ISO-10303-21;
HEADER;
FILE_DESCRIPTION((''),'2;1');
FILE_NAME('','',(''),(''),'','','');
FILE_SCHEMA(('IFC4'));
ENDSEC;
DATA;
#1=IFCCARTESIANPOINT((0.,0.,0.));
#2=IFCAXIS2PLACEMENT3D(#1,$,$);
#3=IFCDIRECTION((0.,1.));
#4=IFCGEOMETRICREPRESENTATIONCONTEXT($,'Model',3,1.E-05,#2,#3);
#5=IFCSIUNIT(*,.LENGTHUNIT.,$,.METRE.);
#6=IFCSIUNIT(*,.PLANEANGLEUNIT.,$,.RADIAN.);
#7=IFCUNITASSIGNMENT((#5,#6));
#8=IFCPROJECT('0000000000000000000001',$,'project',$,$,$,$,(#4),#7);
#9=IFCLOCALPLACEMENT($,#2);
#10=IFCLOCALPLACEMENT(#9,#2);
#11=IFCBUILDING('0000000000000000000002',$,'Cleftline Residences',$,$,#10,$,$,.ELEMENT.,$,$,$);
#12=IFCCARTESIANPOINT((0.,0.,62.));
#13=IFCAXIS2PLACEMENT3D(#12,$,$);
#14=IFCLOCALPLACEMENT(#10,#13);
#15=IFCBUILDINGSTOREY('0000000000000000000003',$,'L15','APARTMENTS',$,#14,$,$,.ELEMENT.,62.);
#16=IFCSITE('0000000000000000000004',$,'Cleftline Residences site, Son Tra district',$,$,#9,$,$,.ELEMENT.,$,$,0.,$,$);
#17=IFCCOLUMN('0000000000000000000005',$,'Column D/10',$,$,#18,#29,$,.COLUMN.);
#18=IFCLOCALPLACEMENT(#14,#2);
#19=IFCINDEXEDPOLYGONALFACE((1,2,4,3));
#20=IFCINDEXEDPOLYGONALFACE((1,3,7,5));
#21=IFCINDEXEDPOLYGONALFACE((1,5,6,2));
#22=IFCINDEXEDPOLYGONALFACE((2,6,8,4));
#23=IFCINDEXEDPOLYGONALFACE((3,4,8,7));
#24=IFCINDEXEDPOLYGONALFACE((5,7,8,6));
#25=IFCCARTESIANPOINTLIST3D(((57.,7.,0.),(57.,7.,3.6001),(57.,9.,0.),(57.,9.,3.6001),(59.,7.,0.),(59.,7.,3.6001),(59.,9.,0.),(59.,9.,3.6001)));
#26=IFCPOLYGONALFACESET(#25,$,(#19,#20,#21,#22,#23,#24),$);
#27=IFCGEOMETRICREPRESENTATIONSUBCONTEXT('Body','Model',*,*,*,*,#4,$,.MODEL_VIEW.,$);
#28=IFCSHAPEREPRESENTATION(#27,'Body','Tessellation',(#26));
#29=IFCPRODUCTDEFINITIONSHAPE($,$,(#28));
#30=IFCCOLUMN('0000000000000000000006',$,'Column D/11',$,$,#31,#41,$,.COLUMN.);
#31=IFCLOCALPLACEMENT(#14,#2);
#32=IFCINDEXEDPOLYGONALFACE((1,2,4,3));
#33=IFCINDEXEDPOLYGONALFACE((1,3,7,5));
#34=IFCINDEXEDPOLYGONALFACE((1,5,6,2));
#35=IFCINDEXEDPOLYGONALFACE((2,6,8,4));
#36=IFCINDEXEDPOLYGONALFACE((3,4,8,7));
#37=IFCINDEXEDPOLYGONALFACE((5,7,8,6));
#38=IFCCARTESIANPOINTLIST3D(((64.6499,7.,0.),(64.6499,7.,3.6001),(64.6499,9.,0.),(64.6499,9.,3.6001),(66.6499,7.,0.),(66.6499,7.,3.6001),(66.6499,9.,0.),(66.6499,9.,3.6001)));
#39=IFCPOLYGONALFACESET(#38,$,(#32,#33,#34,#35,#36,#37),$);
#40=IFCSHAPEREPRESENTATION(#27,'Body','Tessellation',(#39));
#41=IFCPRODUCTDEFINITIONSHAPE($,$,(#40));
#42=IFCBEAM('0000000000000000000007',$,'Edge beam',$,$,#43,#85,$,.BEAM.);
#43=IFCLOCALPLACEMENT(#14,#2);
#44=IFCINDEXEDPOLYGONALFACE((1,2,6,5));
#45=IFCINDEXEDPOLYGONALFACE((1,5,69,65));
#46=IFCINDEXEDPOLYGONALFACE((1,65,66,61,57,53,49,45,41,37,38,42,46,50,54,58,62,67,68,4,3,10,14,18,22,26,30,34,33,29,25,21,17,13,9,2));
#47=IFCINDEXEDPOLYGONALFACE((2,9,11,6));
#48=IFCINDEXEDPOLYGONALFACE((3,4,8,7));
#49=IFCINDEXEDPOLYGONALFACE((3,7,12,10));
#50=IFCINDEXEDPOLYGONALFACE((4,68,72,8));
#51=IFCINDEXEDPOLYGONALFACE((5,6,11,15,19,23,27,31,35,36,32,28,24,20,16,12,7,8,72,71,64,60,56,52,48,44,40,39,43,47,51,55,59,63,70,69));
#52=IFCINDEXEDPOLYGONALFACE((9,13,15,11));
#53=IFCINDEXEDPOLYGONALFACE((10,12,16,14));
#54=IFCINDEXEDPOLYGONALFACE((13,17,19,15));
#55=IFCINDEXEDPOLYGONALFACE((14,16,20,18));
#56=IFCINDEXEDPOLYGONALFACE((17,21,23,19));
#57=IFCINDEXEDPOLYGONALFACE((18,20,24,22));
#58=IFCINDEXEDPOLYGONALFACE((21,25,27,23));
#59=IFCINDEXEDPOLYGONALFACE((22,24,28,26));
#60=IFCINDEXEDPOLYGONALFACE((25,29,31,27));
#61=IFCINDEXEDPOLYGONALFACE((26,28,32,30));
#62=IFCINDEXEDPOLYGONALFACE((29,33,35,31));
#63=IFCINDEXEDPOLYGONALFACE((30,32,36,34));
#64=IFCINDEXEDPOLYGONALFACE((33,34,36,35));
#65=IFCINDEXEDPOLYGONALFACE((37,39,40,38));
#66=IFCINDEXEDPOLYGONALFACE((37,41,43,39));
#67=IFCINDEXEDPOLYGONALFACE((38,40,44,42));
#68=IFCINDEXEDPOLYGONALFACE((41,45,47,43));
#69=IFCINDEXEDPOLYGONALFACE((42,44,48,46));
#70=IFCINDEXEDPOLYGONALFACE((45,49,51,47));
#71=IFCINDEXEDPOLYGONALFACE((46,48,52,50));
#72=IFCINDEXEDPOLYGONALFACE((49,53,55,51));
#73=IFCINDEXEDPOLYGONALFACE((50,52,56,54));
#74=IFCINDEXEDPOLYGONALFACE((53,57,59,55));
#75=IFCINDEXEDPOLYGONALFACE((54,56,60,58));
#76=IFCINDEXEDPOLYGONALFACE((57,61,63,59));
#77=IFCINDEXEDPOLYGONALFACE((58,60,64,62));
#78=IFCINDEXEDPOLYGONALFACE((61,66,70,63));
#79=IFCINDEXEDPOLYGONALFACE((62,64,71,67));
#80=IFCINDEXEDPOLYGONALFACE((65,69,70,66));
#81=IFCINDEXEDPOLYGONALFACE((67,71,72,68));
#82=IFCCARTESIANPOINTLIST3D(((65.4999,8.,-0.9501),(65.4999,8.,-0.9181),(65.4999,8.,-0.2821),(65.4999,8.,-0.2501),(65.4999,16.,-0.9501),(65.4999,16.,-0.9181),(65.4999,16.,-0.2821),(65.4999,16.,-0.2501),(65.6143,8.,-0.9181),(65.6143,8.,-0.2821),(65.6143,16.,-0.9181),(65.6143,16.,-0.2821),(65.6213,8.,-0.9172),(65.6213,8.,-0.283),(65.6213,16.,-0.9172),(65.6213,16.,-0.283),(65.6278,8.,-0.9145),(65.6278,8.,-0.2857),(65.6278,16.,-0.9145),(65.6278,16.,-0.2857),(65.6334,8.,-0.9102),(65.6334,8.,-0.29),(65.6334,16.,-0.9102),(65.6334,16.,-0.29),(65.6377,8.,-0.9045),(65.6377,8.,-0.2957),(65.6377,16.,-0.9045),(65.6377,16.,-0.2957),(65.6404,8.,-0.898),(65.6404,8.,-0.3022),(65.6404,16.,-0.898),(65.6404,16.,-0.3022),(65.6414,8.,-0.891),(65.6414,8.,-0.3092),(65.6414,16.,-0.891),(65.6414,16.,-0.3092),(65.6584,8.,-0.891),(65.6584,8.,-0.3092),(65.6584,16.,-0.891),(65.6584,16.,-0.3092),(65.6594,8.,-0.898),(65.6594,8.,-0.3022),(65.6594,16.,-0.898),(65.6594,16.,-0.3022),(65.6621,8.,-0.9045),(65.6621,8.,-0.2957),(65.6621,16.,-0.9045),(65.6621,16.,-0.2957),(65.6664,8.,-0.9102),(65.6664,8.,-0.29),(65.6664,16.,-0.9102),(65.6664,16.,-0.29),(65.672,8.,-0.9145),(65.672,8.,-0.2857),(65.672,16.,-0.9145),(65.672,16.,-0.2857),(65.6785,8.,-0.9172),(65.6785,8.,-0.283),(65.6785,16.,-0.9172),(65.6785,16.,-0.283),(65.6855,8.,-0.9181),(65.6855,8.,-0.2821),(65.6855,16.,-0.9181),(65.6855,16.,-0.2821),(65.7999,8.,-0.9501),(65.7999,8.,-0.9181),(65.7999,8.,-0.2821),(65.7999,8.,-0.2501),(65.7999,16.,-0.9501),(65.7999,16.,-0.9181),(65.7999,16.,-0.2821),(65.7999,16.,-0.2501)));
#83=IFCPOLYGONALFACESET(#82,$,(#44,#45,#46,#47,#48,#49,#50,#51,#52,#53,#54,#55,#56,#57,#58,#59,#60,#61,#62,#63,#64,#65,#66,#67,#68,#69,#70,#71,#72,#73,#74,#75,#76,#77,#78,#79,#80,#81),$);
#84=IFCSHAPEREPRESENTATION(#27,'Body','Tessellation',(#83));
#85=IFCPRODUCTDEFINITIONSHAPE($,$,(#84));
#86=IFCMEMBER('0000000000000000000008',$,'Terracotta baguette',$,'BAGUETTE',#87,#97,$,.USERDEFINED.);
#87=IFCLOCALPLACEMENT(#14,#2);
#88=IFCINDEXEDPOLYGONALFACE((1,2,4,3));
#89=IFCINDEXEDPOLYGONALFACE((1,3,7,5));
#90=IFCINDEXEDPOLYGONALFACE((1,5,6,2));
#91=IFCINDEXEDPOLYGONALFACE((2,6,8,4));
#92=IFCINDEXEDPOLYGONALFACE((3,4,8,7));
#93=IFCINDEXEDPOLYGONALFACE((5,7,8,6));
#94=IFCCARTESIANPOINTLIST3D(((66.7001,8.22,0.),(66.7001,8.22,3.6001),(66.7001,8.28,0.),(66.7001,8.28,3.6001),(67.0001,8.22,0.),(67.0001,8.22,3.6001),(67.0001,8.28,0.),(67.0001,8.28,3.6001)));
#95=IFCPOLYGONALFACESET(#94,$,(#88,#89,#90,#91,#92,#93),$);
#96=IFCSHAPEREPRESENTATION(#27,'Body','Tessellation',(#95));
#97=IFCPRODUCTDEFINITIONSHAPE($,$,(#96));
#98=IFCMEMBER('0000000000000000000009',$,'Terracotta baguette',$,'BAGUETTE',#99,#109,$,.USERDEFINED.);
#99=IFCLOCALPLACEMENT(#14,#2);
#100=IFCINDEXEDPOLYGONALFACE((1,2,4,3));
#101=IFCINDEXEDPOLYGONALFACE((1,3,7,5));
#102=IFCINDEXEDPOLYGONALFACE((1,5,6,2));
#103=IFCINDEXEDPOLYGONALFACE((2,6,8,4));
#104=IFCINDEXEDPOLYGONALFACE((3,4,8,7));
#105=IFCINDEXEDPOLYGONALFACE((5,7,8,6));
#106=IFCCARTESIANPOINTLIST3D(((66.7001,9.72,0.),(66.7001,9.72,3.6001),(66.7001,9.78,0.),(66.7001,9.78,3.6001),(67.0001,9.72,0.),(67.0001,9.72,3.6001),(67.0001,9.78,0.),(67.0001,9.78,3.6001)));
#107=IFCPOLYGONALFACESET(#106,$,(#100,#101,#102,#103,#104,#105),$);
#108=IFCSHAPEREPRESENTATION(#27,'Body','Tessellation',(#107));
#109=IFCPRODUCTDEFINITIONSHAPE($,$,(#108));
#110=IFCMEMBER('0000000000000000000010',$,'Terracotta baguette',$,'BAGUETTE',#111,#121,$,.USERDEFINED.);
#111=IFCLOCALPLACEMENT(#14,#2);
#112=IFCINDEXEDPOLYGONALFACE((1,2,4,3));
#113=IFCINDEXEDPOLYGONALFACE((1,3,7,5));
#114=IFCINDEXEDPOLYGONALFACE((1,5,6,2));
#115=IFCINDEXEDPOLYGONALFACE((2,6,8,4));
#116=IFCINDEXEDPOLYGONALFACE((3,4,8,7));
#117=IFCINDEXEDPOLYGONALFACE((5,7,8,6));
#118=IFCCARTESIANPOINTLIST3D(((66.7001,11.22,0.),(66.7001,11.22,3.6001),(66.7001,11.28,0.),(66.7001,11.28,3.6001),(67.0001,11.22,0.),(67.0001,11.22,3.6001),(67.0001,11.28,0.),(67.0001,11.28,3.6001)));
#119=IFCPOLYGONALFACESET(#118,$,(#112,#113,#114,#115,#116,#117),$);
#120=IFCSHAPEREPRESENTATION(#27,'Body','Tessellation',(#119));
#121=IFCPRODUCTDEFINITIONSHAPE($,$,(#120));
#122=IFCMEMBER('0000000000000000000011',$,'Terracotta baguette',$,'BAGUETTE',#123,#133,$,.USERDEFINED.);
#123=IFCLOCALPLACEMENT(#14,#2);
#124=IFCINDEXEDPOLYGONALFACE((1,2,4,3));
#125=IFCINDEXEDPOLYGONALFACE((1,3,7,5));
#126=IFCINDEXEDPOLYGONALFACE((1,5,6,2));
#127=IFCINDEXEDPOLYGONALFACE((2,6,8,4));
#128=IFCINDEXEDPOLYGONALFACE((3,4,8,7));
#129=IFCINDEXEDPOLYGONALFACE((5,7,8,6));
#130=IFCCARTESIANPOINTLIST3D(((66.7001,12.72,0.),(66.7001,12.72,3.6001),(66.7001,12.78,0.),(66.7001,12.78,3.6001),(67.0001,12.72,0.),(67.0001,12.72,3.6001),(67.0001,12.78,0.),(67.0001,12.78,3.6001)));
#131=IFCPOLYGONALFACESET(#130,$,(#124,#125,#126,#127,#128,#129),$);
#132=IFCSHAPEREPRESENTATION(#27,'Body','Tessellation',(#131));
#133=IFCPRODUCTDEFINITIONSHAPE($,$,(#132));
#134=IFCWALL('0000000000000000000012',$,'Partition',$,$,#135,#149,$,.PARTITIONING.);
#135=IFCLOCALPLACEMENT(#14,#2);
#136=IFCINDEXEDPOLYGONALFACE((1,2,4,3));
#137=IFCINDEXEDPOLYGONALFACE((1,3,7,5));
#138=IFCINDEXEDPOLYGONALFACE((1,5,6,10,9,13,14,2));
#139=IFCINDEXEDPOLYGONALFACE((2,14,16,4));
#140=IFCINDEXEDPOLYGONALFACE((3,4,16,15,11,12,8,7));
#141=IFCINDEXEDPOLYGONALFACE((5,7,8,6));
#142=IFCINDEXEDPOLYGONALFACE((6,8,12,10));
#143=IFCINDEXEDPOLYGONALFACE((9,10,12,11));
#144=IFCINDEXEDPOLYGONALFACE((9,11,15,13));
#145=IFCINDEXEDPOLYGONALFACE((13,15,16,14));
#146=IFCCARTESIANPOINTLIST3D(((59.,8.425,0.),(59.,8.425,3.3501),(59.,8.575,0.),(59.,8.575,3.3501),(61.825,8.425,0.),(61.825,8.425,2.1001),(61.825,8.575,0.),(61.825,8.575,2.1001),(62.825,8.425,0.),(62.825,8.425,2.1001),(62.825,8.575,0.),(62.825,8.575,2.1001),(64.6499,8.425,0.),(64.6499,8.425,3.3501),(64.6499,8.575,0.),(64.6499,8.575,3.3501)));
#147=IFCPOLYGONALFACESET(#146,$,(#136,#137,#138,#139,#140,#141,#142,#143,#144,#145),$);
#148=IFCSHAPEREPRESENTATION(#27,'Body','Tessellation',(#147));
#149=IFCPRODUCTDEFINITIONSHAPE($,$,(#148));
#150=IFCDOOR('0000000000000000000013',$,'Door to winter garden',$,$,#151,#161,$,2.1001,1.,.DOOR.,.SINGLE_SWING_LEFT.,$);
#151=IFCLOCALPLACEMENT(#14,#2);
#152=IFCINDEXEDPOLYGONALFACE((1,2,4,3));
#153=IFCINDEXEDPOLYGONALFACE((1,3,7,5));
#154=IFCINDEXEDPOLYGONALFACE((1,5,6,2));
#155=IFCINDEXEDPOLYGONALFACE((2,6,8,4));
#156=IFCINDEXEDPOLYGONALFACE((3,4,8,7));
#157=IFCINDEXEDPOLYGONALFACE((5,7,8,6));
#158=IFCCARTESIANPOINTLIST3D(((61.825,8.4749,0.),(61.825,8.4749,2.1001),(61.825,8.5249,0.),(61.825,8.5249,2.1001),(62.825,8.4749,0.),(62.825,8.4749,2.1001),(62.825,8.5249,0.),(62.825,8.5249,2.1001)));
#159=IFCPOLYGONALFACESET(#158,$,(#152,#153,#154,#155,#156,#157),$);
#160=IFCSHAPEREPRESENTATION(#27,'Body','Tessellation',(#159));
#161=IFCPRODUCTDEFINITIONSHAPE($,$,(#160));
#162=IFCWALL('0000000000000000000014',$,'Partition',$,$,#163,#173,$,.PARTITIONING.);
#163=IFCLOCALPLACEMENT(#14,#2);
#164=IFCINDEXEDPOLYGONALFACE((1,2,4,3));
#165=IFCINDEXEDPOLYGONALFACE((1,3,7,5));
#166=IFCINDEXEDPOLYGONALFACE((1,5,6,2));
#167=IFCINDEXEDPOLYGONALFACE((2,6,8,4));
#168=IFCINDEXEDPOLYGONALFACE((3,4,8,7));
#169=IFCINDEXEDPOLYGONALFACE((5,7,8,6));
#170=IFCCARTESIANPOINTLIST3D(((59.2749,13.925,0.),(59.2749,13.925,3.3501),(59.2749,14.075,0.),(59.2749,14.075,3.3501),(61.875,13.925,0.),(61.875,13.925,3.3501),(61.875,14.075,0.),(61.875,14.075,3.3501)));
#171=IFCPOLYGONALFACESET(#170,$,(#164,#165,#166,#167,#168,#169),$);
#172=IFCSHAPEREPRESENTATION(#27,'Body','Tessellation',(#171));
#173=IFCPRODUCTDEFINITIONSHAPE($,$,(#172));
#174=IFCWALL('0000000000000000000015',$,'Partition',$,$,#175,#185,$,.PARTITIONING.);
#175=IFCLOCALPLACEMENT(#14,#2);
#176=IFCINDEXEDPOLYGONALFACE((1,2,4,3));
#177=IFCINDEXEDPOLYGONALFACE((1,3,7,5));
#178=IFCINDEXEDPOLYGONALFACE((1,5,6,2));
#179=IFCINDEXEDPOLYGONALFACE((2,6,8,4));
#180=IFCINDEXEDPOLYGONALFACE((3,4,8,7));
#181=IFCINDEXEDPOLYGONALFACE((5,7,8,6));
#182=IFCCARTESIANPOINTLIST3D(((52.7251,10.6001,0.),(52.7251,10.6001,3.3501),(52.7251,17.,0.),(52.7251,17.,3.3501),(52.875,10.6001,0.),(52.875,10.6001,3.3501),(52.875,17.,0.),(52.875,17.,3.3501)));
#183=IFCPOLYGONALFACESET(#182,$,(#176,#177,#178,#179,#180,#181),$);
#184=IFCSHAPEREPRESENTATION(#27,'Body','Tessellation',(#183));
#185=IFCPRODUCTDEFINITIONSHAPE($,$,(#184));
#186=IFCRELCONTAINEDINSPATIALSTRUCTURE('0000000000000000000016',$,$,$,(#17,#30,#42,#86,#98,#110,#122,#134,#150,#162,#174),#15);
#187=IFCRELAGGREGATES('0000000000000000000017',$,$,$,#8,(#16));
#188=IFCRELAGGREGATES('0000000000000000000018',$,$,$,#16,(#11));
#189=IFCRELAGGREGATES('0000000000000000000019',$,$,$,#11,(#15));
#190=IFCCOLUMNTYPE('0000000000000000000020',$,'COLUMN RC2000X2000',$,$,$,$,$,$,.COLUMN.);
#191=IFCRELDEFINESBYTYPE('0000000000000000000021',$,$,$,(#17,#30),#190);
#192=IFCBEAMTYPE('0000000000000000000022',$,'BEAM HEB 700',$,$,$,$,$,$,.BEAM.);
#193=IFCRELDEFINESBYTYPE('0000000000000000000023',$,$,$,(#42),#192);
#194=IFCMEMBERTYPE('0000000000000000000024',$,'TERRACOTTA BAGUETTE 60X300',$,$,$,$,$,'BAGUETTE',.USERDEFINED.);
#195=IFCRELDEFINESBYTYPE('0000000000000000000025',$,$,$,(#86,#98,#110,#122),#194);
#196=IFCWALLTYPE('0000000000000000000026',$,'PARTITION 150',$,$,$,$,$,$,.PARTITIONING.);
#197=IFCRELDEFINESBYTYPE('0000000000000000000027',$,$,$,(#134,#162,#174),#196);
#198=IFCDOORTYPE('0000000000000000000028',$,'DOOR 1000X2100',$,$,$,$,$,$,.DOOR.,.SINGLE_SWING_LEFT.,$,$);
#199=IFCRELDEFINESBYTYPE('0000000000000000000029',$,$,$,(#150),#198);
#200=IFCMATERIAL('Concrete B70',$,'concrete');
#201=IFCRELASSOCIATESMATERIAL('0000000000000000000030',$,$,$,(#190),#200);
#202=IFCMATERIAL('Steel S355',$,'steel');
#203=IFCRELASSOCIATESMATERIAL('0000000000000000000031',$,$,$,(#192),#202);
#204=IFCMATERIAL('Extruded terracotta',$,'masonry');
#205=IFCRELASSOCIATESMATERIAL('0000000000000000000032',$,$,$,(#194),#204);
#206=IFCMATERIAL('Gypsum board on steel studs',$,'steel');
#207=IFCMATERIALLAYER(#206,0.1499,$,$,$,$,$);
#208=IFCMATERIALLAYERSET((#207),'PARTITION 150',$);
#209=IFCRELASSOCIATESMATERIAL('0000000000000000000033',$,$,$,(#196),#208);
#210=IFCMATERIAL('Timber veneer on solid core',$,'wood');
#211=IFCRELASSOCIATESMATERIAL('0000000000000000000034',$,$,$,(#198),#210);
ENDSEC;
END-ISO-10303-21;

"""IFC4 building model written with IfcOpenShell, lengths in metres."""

from ifc_helpers import new_model, si_unit, direction, frame, frame_2d, origin, origin_2d, place, context, subcontext, project, spatial, rectangle, i_section, extrude, material, layer, layer_set, material_profile, profile_set, type_object, element, fill, save


model = new_model("IFC4")

# Units and contexts
model_context = context("Model", 3, precision=1e-05, world=origin(), true_north=direction((0.0, 1.0)))
body_context = subcontext(model_context, "Body", "Model", "MODEL_VIEW")
ifc_project = project(units=[si_unit("LENGTHUNIT", "METRE"), si_unit("PLANEANGLEUNIT", "RADIAN")], contexts=[model_context])

# Site, building, storey
site_placement = place(None, origin())
site = spatial("IfcSite", under=ifc_project, at=site_placement, Name="Cleftline Residences site, Son Tra district", CompositionType="ELEMENT", RefElevation=0.0)
building_placement = place(site_placement, origin())
building = spatial("IfcBuilding", under=site, at=building_placement, Name="Cleftline Residences", CompositionType="ELEMENT")
storey_placement = place(building_placement, frame((0.0, 0.0, 62.0)))
storey = spatial("IfcBuildingStorey", under=building, at=storey_placement, Name="L15", Description="APARTMENTS", CompositionType="ELEMENT", Elevation=62.0)

# Columns
ifc_material_1 = material(Name="Concrete B70", Category="concrete")
ifc_material_profile_1 = material_profile(ifc_material_1, rectangle(XDim=2.0, YDim=2.0, at=origin_2d()))
ifc_profile_set_1 = profile_set([ifc_material_profile_1], Name="Concrete B70")
column_type = type_object("IfcColumnType", Name="COLUMN RC2000X2000", PredefinedType="COLUMN", material=ifc_profile_set_1)
for number, where, z_axis, x_axis, name in (
    (1, (58.0, 8.0, 0.0), (0.0, 0.0, 1.0), (1.0, 0.0, 0.0), "Column D/10"),
    (2, (65.6499, 8.0, 0.0), (0.0, 0.0, 1.0), (1.0, 0.0, 0.0), "Column D/11"),
):
    element("IfcColumn", number, at=place(storey_placement, frame(where, z_axis=z_axis, x_axis=x_axis)), inside=storey, type_object=column_type, Name=name, PredefinedType="COLUMN", context=body_context, shape_type="SweptSolid", body=[
        extrude(rectangle(XDim=2.0, YDim=2.0, at=origin_2d()), origin(), (0.0, 0.0, 1.0), 3.6001),
    ])

# Beam
ifc_material_2 = material(Name="Steel S355", Category="steel")
ifc_material_profile_2 = material_profile(ifc_material_2, i_section(OverallWidth=0.3, OverallDepth=0.7, WebThickness=0.0171, FlangeThickness=0.032, FilletRadius=0.0271, at=origin_2d()))
ifc_profile_set_2 = profile_set([ifc_material_profile_2], Name="Steel S355")
beam_type = type_object("IfcBeamType", Name="BEAM HEB 700", PredefinedType="BEAM", material=ifc_profile_set_2)
beam_placement = place(storey_placement, frame((65.6499, 8.0, -0.6001), z_axis=(0.0, 1.0, 0.0), x_axis=(-1.0, 0.0, 0.0)))
element("IfcBeam", 3, at=beam_placement, inside=storey, type_object=beam_type, Name="Edge beam", PredefinedType="BEAM", context=body_context, shape_type="SweptSolid", body=[
    extrude(i_section(OverallWidth=0.3, OverallDepth=0.7, WebThickness=0.0171, FlangeThickness=0.032, FilletRadius=0.0271, at=origin_2d()), origin(), (0.0, 0.0, 1.0), 8.0),
])

# Members
ifc_material_3 = material(Name="Extruded terracotta", Category="masonry")
ifc_material_profile_3 = material_profile(ifc_material_3, rectangle(XDim=0.0601, YDim=0.3, at=origin_2d()))
ifc_profile_set_3 = profile_set([ifc_material_profile_3], Name="Extruded terracotta")
member_type = type_object("IfcMemberType", Name="TERRACOTTA BAGUETTE 60X300", ElementType="BAGUETTE", PredefinedType="USERDEFINED", material=ifc_profile_set_3)
for number, where, z_axis, x_axis, name in (
    (4, (66.8501, 8.25, 0.0), (0.0, 0.0, 1.0), (0.0, 1.0, 0.0), "Terracotta baguette"),
    (5, (66.8501, 9.75, 0.0), (0.0, 0.0, 1.0), (0.0, 1.0, 0.0), "Terracotta baguette"),
    (6, (66.8501, 11.25, 0.0), (0.0, 0.0, 1.0), (0.0, 1.0, 0.0), "Terracotta baguette"),
    (7, (66.8501, 12.75, 0.0), (0.0, 0.0, 1.0), (0.0, 1.0, 0.0), "Terracotta baguette"),
):
    element("IfcMember", number, at=place(storey_placement, frame(where, z_axis=z_axis, x_axis=x_axis)), inside=storey, type_object=member_type, Name=name, ObjectType="BAGUETTE", PredefinedType="USERDEFINED", context=body_context, shape_type="SweptSolid", body=[
        extrude(rectangle(XDim=0.0601, YDim=0.3, at=origin_2d()), origin(), (0.0, 0.0, 1.0), 3.6001),
    ])

# Wall, opening, door
ifc_material_4 = material(Name="Gypsum board on steel studs", Category="steel")
ifc_layer = layer(ifc_material_4, 0.1499)
ifc_layer_set = layer_set([ifc_layer], Name="PARTITION 150")
wall_type = type_object("IfcWallType", Name="PARTITION 150", PredefinedType="PARTITIONING", material=ifc_layer_set)
wall_1_placement = place(storey_placement, frame((59.0, 8.5, 0.0), z_axis=(0.0, 0.0, 1.0), x_axis=(1.0, 0.0, 0.0)))
wall_1 = element("IfcWall", 8, at=wall_1_placement, inside=storey, type_object=wall_type, Name="Partition", PredefinedType="PARTITIONING", context=body_context, shape_type="SweptSolid", body=[
    extrude(rectangle(XDim=5.6499, YDim=0.1499, at=frame_2d((2.825, 0.0))), origin(), (0.0, 0.0, 1.0), 3.3501),
])
opening_1_placement = place(wall_1_placement, frame((2.825, 0.0, 0.0)))
opening_1 = element("IfcOpeningElement", 9, at=opening_1_placement, cuts=wall_1, PredefinedType="OPENING", context=body_context, shape_type="SweptSolid", body=[
    extrude(rectangle(XDim=1.0, YDim=2.1001, at=frame_2d((0.5, 1.05))), frame((0.0, 0.085, 0.0), z_axis=(0.0, -1.0, 0.0), x_axis=(1.0, 0.0, 0.0)), (0.0, 0.0, 1.0), 0.1699),
])
ifc_material_5 = material(Name="Timber veneer on solid core", Category="wood")
door_type_1 = type_object("IfcDoorType", Name="DOOR 1000X2100", OperationType="SINGLE_SWING_LEFT", PredefinedType="DOOR", material=ifc_material_5)
door_1_placement = place(opening_1_placement, origin())
door_1 = element("IfcDoor", 10, at=door_1_placement, inside=storey, type_object=door_type_1, Name="Door to winter garden", OperationType="SINGLE_SWING_LEFT", OverallHeight=2.1001, OverallWidth=1.0, PredefinedType="DOOR", context=body_context, shape_type="SweptSolid", body=[
    extrude(rectangle(XDim=1.0, YDim=2.1001, at=frame_2d((0.5, 1.05))), frame((0.0, 0.0249, 0.0), z_axis=(0.0, -1.0, 0.0), x_axis=(1.0, 0.0, 0.0)), (0.0, 0.0, 1.0), 0.05),
])
fill(opening_1, door_1)

# Walls
wall_2_placement = place(storey_placement, frame((59.2749, 14.0, 0.0), z_axis=(0.0, 0.0, 1.0), x_axis=(1.0, 0.0, 0.0)))
element("IfcWall", 11, at=wall_2_placement, inside=storey, type_object=wall_type, Name="Partition", PredefinedType="PARTITIONING", context=body_context, shape_type="SweptSolid", body=[
    extrude(rectangle(XDim=2.6001, YDim=0.1499, at=frame_2d((1.3, 0.0))), origin(), (0.0, 0.0, 1.0), 3.3501),
])
wall_3_placement = place(storey_placement, frame((52.8, 10.6001, 0.0), z_axis=(0.0, 0.0, 1.0), x_axis=(0.0, 1.0, 0.0)))
element("IfcWall", 12, at=wall_3_placement, inside=storey, type_object=wall_type, Name="Partition", PredefinedType="PARTITIONING", context=body_context, shape_type="SweptSolid", body=[
    extrude(rectangle(XDim=6.3999, YDim=0.1499, at=frame_2d((3.2, 0.0))), origin(), (0.0, 0.0, 1.0), 3.3501),
])

save(model, "model.ifc")
